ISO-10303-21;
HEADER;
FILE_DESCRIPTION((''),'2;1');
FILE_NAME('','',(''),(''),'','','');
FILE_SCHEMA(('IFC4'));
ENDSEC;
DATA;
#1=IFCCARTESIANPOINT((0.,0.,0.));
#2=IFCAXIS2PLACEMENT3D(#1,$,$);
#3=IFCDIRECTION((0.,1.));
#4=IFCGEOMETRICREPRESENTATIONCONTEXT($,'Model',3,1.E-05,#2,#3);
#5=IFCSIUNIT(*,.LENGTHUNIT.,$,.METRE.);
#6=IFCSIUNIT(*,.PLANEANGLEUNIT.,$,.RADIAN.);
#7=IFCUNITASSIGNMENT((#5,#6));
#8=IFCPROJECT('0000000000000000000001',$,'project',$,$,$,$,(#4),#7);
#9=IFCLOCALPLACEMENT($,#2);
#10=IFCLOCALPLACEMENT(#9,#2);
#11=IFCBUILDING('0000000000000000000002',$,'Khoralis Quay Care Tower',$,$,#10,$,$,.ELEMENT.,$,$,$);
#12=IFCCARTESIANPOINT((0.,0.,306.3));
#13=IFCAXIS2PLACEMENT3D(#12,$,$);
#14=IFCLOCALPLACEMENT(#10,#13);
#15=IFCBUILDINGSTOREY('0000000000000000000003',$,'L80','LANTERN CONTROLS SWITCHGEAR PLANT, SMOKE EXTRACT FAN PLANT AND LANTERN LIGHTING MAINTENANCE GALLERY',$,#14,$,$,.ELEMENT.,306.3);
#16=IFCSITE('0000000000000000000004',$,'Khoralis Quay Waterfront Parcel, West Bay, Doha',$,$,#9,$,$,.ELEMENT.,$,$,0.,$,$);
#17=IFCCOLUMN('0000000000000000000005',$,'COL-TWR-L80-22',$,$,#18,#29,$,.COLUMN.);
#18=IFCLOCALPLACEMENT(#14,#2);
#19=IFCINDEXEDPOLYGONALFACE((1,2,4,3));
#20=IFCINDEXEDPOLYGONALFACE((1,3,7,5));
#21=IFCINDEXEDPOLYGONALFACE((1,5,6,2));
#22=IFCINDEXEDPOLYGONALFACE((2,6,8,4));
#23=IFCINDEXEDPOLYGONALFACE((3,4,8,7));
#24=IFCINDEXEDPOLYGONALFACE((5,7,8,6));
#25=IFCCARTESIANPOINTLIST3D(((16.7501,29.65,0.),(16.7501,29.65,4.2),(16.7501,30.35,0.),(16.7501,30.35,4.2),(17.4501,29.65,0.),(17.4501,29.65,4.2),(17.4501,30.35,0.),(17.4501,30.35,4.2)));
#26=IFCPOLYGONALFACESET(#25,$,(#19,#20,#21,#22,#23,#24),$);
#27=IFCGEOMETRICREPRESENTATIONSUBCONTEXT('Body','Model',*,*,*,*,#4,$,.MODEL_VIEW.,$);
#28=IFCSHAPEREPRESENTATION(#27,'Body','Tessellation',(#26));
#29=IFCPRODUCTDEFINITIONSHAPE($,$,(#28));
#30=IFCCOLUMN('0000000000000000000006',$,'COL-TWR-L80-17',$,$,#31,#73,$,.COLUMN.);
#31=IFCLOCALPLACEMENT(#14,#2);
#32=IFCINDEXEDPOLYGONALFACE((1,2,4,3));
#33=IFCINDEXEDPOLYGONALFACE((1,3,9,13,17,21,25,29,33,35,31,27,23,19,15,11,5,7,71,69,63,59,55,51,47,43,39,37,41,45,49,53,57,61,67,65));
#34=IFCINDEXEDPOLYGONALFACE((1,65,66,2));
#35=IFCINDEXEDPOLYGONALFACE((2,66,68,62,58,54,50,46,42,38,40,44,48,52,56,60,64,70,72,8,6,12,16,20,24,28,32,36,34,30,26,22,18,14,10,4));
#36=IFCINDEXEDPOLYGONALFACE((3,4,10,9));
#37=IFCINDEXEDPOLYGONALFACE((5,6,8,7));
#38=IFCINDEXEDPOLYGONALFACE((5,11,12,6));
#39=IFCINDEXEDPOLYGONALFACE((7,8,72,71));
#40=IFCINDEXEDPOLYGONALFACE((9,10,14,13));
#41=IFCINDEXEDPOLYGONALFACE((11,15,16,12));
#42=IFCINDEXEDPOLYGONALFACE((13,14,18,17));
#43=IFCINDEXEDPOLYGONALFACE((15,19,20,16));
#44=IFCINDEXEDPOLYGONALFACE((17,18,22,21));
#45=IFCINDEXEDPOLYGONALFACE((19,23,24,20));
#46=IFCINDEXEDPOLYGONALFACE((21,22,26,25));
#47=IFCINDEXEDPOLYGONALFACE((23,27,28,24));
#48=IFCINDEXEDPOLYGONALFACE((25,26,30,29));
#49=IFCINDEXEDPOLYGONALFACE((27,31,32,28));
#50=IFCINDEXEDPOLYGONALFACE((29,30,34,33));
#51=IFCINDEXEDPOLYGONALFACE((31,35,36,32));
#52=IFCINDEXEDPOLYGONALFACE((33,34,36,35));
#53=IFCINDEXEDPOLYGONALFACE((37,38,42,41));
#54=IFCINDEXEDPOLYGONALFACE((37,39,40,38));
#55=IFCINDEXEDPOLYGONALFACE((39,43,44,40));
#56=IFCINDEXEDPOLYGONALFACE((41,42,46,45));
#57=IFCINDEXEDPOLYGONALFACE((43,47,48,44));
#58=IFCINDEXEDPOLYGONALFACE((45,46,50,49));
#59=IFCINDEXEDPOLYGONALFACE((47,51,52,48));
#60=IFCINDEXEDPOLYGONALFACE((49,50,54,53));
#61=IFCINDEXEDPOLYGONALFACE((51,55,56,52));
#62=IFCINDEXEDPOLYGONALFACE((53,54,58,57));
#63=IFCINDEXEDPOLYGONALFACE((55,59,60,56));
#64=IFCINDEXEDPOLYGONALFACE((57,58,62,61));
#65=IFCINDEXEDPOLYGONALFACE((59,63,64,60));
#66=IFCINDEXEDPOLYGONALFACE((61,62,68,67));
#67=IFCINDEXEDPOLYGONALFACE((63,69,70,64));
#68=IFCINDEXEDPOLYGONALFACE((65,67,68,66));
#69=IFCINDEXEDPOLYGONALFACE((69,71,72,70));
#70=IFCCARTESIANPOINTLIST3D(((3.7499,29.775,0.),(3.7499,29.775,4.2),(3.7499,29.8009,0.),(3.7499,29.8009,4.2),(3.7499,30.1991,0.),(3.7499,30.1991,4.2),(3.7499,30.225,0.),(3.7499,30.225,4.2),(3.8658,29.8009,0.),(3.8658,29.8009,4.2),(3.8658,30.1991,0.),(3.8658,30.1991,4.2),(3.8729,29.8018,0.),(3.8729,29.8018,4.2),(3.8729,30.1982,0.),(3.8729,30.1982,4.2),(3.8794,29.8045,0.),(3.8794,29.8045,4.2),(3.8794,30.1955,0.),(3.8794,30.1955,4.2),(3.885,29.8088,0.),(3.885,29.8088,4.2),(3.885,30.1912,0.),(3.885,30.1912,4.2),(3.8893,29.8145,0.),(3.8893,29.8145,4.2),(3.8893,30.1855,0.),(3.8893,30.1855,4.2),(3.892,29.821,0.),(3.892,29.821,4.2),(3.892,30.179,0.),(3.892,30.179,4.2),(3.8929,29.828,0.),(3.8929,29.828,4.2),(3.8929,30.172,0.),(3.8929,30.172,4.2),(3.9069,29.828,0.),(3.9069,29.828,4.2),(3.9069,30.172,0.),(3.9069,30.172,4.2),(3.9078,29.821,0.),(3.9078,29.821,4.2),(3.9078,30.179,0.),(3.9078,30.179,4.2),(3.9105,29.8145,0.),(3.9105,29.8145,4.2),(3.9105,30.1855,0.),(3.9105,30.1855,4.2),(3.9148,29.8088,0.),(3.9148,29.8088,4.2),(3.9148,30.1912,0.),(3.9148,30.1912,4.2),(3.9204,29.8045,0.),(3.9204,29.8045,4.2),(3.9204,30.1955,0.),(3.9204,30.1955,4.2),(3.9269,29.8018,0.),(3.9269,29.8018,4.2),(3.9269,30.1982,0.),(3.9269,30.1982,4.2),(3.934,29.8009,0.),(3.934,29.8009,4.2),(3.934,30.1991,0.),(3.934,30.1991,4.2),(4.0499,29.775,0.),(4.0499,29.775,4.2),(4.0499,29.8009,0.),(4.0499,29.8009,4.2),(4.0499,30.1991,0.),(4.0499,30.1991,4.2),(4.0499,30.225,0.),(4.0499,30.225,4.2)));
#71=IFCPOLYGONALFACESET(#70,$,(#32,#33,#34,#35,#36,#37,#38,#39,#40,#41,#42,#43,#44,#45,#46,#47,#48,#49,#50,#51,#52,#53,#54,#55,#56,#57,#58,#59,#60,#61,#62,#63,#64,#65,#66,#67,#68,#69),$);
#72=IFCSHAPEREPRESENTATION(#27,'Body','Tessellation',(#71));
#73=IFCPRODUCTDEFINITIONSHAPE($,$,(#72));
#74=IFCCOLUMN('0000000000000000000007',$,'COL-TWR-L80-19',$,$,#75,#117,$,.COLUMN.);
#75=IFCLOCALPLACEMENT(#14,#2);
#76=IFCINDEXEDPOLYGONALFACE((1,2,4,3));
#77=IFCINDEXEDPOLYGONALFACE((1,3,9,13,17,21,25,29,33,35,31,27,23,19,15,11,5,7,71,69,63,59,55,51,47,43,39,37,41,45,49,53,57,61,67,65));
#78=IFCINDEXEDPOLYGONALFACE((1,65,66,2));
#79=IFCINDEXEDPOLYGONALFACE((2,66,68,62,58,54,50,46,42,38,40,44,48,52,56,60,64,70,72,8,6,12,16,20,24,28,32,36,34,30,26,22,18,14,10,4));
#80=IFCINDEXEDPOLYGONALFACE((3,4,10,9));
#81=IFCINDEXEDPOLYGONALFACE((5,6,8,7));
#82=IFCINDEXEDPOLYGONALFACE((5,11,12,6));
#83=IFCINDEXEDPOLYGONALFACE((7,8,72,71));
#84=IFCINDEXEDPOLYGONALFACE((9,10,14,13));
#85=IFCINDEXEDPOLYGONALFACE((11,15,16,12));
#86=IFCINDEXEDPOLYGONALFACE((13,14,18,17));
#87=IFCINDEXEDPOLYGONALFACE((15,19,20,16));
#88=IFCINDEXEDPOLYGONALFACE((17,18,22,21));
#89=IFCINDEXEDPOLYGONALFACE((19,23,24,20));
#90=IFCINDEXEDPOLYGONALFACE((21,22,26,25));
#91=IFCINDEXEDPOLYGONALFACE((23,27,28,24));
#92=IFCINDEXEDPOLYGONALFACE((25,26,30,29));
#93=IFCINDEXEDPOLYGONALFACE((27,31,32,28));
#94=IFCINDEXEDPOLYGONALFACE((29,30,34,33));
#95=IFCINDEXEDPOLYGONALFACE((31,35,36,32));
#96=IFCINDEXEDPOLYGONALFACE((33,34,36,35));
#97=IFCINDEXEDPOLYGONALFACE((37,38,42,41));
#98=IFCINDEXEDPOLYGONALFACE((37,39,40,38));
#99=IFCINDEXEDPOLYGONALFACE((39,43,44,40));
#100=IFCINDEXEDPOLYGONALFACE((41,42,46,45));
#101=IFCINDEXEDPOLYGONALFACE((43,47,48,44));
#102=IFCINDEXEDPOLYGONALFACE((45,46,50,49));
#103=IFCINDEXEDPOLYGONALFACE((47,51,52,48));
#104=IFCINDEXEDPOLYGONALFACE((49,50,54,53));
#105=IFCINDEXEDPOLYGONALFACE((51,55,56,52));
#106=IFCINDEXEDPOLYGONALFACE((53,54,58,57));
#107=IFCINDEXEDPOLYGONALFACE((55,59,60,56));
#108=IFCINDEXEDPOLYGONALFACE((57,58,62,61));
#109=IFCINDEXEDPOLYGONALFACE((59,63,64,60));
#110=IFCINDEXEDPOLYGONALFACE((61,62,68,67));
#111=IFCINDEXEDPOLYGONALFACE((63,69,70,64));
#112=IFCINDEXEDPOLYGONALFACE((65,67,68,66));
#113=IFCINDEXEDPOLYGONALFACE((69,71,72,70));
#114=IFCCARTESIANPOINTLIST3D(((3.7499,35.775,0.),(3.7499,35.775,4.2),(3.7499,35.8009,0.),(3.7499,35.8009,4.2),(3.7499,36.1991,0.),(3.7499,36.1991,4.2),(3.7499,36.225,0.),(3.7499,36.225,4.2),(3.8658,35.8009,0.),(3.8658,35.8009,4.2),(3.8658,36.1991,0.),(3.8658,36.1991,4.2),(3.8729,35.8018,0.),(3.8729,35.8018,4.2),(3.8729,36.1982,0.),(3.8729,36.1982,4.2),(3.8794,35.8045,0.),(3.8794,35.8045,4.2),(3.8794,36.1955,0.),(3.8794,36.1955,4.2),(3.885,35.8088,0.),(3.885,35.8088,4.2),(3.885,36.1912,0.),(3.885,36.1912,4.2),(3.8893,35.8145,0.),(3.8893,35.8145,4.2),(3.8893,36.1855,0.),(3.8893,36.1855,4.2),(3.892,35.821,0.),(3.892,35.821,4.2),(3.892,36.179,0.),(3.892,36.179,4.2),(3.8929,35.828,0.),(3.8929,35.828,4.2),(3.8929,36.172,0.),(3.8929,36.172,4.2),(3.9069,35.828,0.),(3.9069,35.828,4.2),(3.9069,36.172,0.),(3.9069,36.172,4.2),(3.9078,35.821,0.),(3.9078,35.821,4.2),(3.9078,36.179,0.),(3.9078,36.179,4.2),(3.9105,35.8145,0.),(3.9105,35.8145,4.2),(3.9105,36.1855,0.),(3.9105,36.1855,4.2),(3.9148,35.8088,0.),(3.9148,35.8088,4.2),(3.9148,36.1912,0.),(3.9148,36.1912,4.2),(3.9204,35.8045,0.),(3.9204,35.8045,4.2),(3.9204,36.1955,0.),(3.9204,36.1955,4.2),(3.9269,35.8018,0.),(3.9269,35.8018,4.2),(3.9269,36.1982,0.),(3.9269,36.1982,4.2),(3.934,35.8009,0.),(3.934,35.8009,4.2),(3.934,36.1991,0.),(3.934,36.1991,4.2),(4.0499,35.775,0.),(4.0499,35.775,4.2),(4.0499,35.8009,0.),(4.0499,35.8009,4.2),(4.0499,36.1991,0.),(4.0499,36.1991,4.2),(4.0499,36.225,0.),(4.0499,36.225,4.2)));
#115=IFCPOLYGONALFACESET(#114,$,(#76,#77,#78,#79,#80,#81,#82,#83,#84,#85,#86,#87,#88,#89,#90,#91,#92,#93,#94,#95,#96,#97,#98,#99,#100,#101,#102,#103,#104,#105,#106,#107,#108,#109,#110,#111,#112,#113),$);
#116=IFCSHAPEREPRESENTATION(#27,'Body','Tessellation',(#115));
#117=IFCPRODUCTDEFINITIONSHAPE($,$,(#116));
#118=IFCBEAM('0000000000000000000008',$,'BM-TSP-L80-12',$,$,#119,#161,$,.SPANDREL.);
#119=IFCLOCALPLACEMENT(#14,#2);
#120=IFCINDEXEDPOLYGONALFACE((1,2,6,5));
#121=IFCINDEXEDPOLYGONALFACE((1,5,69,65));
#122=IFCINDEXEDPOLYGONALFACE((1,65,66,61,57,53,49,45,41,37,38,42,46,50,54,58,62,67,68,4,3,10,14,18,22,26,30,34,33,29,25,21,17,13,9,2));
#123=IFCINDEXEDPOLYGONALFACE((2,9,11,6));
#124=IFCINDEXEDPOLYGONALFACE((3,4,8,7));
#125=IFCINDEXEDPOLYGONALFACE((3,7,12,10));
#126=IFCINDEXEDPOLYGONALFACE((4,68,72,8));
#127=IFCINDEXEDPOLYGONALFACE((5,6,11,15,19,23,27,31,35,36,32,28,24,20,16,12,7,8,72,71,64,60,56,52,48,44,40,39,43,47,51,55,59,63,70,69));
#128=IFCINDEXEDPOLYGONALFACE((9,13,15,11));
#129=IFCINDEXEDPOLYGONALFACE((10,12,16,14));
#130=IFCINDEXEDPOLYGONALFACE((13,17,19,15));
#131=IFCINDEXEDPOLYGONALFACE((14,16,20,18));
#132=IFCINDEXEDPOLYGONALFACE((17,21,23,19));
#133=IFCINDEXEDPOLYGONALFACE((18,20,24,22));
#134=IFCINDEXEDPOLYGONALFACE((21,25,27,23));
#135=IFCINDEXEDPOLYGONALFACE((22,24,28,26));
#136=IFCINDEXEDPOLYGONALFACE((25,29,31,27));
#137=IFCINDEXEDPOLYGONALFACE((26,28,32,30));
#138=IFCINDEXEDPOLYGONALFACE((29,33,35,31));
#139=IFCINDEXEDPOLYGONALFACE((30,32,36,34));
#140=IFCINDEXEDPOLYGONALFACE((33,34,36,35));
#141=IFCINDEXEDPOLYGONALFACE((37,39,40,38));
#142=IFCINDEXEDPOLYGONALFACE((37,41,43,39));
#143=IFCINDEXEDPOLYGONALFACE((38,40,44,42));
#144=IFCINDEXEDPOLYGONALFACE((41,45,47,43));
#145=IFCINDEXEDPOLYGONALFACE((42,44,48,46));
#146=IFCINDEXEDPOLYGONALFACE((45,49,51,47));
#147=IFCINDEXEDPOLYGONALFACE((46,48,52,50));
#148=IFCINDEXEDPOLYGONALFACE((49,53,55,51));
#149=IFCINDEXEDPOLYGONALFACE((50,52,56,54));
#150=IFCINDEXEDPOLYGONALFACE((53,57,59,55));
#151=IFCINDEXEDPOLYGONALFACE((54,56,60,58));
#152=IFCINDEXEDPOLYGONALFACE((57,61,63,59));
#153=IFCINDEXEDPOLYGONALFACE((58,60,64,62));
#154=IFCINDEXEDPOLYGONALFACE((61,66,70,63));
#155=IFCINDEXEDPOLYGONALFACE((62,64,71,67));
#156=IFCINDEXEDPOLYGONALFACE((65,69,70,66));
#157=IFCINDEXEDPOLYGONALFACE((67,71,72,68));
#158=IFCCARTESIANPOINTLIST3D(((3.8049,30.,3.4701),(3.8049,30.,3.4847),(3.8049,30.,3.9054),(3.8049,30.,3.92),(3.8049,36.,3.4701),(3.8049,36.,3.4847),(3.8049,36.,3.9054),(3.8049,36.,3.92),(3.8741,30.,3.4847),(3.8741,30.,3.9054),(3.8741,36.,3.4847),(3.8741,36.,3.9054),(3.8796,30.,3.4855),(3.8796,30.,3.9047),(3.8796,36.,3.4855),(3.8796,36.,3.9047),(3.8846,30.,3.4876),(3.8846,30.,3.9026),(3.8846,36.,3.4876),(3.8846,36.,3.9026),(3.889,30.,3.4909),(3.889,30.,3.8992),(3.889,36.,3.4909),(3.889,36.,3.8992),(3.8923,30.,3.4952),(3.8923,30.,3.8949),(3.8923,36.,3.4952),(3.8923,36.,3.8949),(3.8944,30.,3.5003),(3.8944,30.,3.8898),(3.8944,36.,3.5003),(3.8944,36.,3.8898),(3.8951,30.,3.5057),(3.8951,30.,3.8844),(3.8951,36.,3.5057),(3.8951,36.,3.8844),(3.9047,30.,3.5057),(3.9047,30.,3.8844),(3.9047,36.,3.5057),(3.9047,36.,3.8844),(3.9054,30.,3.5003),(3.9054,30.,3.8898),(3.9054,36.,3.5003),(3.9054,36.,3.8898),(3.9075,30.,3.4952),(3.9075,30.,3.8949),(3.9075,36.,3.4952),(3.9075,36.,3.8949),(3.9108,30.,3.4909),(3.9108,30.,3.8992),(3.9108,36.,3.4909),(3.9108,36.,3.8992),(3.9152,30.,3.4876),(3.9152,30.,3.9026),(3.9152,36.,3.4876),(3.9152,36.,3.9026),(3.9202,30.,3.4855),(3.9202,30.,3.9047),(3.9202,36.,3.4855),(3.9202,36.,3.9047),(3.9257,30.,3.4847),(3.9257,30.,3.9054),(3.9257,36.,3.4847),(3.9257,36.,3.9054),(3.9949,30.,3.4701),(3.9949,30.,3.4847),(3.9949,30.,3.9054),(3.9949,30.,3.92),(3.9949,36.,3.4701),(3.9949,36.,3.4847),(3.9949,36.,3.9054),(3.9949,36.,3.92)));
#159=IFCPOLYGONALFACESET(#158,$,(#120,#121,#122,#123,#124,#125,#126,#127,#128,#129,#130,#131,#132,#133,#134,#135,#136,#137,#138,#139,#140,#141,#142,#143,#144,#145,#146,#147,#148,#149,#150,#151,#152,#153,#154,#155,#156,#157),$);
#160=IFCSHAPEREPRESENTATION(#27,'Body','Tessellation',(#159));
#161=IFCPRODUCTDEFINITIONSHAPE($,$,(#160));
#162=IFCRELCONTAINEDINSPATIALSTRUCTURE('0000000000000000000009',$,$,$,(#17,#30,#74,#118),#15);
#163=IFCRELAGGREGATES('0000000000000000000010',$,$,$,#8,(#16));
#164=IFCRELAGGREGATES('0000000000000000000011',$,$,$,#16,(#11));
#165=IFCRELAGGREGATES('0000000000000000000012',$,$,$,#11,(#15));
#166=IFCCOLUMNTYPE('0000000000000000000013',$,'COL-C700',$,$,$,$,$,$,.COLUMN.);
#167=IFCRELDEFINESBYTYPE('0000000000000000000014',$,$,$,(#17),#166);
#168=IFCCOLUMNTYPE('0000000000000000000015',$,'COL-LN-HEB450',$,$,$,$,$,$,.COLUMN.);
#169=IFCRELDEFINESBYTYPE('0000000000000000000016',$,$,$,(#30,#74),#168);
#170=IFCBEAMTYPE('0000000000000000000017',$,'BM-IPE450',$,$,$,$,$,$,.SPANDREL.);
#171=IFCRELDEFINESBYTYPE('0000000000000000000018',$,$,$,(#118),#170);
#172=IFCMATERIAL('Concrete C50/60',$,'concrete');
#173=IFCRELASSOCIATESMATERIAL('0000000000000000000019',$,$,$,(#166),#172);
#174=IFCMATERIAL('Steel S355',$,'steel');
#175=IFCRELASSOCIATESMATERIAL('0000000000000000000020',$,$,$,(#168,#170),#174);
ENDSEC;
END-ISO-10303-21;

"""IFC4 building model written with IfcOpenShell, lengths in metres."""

from ifc_helpers import new_model, si_unit, direction, frame, origin, origin_2d, place, context, subcontext, project, spatial, rectangle, i_section, extrude, source, transform, mapped, material, material_profile, profile_set, type_object, element, save


model = new_model("IFC4")

# Units and contexts
model_context = context("Model", 3, precision=1e-05, world=origin(), true_north=direction((0.0, 1.0)))
body_context = subcontext(model_context, "Body", "Model", "MODEL_VIEW")
ifc_project = project(units=[si_unit("LENGTHUNIT", "METRE"), si_unit("PLANEANGLEUNIT", "RADIAN")], contexts=[model_context])

# Site, building, storey
site_placement = place(None, origin())
site = spatial("IfcSite", under=ifc_project, at=site_placement, Name="Khoralis Quay Waterfront Parcel, West Bay, Doha", CompositionType="ELEMENT", RefElevation=0.0)
building_placement = place(site_placement, origin())
building = spatial("IfcBuilding", under=site, at=building_placement, Name="Khoralis Quay Care Tower", CompositionType="ELEMENT")
storey_placement = place(building_placement, frame((0.0, 0.0, 306.3)))
storey = spatial("IfcBuildingStorey", under=building, at=storey_placement, Name="L80", Description="LANTERN CONTROLS SWITCHGEAR PLANT, SMOKE EXTRACT FAN PLANT AND LANTERN LIGHTING MAINTENANCE GALLERY", CompositionType="ELEMENT", Elevation=306.3)

# Columns
ifc_material_1 = material(Name="Concrete C50/60", Category="concrete")
ifc_material_profile_1 = material_profile(ifc_material_1, rectangle(XDim=0.7, YDim=0.7, at=origin_2d()), Name="Concrete C50/60")
ifc_profile_set_1 = profile_set([ifc_material_profile_1], Name="Concrete C50/60")
column_type_1 = type_object("IfcColumnType", Name="COL-C700", PredefinedType="COLUMN", material=ifc_profile_set_1)
shared_shape_1 = source(origin(), body_context, "Body", "SweptSolid", [
    extrude(rectangle(XDim=0.7, YDim=0.7, at=origin_2d()), origin(), (0.0, 0.0, 1.0), 4.2),
])
column_placement = place(storey_placement, frame((17.1001, 30.0, 0.0), z_axis=(0.0, 0.0, 1.0), x_axis=(1.0, 0.0, 0.0)))
element("IfcColumn", 1, at=column_placement, inside=storey, type_object=column_type_1, Name="COL-TWR-L80-22", PredefinedType="COLUMN", context=body_context, shape_type="MappedRepresentation", body=[
    mapped(shared_shape_1, transform((0.0, 0.0, 0.0), scale=1.0)),
])
ifc_material_2 = material(Name="Steel S355", Category="steel")
ifc_material_profile_2 = material_profile(ifc_material_2, i_section(OverallWidth=0.3, OverallDepth=0.45, WebThickness=0.0139, FlangeThickness=0.0259, FilletRadius=0.0271, at=origin_2d()), Name="Steel S355")
ifc_profile_set_2 = profile_set([ifc_material_profile_2], Name="Steel S355")
column_type_2 = type_object("IfcColumnType", Name="COL-LN-HEB450", PredefinedType="COLUMN", material=ifc_profile_set_2)
shared_shape_2 = source(origin(), body_context, "Body", "SweptSolid", [
    extrude(i_section(OverallWidth=0.3, OverallDepth=0.45, WebThickness=0.0139, FlangeThickness=0.0259, FilletRadius=0.0271, at=origin_2d()), origin(), (0.0, 0.0, 1.0), 4.2),
])
for number, where, z_axis, x_axis, name in (
    (2, (3.8999, 30.0, 0.0), (0.0, 0.0, 1.0), (1.0, 0.0, 0.0), "COL-TWR-L80-17"),
    (3, (3.8999, 36.0, 0.0), (0.0, 0.0, 1.0), (1.0, 0.0, 0.0), "COL-TWR-L80-19"),
):
    element("IfcColumn", number, at=place(storey_placement, frame(where, z_axis=z_axis, x_axis=x_axis)), inside=storey, type_object=column_type_2, Name=name, PredefinedType="COLUMN", context=body_context, shape_type="MappedRepresentation", body=[
        mapped(shared_shape_2, transform((0.0, 0.0, 0.0), scale=1.0)),
    ])

# Beam
ifc_material_profile_3 = material_profile(ifc_material_2, i_section(OverallWidth=0.1899, OverallDepth=0.45, WebThickness=0.0095, FlangeThickness=0.0146, FilletRadius=0.021, at=origin_2d()), Name="Steel S355")
ifc_profile_set_3 = profile_set([ifc_material_profile_3], Name="Steel S355")
beam_type_1 = type_object("IfcBeamType", Name="BM-IPE450", PredefinedType="SPANDREL", material=ifc_profile_set_3)
shared_shape_3 = source(origin(), body_context, "Body", "SweptSolid", [
    extrude(i_section(OverallWidth=0.1899, OverallDepth=0.45, WebThickness=0.0095, FlangeThickness=0.0146, FilletRadius=0.021, at=origin_2d()), origin(), (0.0, 0.0, 1.0), 6.0),
])
beam_1_placement = place(storey_placement, frame((3.8999, 30.0, 3.6951), z_axis=(0.0, 1.0, 0.0), x_axis=(-1.0, 0.0, 0.0)))
element("IfcBeam", 4, at=beam_1_placement, inside=storey, type_object=beam_type_1, Name="BM-TSP-L80-12", PredefinedType="SPANDREL", context=body_context, shape_type="MappedRepresentation", body=[
    mapped(shared_shape_3, transform((0.0, 0.0, 0.0), scale=1.0)),
])

save(model, "model.ifc")
